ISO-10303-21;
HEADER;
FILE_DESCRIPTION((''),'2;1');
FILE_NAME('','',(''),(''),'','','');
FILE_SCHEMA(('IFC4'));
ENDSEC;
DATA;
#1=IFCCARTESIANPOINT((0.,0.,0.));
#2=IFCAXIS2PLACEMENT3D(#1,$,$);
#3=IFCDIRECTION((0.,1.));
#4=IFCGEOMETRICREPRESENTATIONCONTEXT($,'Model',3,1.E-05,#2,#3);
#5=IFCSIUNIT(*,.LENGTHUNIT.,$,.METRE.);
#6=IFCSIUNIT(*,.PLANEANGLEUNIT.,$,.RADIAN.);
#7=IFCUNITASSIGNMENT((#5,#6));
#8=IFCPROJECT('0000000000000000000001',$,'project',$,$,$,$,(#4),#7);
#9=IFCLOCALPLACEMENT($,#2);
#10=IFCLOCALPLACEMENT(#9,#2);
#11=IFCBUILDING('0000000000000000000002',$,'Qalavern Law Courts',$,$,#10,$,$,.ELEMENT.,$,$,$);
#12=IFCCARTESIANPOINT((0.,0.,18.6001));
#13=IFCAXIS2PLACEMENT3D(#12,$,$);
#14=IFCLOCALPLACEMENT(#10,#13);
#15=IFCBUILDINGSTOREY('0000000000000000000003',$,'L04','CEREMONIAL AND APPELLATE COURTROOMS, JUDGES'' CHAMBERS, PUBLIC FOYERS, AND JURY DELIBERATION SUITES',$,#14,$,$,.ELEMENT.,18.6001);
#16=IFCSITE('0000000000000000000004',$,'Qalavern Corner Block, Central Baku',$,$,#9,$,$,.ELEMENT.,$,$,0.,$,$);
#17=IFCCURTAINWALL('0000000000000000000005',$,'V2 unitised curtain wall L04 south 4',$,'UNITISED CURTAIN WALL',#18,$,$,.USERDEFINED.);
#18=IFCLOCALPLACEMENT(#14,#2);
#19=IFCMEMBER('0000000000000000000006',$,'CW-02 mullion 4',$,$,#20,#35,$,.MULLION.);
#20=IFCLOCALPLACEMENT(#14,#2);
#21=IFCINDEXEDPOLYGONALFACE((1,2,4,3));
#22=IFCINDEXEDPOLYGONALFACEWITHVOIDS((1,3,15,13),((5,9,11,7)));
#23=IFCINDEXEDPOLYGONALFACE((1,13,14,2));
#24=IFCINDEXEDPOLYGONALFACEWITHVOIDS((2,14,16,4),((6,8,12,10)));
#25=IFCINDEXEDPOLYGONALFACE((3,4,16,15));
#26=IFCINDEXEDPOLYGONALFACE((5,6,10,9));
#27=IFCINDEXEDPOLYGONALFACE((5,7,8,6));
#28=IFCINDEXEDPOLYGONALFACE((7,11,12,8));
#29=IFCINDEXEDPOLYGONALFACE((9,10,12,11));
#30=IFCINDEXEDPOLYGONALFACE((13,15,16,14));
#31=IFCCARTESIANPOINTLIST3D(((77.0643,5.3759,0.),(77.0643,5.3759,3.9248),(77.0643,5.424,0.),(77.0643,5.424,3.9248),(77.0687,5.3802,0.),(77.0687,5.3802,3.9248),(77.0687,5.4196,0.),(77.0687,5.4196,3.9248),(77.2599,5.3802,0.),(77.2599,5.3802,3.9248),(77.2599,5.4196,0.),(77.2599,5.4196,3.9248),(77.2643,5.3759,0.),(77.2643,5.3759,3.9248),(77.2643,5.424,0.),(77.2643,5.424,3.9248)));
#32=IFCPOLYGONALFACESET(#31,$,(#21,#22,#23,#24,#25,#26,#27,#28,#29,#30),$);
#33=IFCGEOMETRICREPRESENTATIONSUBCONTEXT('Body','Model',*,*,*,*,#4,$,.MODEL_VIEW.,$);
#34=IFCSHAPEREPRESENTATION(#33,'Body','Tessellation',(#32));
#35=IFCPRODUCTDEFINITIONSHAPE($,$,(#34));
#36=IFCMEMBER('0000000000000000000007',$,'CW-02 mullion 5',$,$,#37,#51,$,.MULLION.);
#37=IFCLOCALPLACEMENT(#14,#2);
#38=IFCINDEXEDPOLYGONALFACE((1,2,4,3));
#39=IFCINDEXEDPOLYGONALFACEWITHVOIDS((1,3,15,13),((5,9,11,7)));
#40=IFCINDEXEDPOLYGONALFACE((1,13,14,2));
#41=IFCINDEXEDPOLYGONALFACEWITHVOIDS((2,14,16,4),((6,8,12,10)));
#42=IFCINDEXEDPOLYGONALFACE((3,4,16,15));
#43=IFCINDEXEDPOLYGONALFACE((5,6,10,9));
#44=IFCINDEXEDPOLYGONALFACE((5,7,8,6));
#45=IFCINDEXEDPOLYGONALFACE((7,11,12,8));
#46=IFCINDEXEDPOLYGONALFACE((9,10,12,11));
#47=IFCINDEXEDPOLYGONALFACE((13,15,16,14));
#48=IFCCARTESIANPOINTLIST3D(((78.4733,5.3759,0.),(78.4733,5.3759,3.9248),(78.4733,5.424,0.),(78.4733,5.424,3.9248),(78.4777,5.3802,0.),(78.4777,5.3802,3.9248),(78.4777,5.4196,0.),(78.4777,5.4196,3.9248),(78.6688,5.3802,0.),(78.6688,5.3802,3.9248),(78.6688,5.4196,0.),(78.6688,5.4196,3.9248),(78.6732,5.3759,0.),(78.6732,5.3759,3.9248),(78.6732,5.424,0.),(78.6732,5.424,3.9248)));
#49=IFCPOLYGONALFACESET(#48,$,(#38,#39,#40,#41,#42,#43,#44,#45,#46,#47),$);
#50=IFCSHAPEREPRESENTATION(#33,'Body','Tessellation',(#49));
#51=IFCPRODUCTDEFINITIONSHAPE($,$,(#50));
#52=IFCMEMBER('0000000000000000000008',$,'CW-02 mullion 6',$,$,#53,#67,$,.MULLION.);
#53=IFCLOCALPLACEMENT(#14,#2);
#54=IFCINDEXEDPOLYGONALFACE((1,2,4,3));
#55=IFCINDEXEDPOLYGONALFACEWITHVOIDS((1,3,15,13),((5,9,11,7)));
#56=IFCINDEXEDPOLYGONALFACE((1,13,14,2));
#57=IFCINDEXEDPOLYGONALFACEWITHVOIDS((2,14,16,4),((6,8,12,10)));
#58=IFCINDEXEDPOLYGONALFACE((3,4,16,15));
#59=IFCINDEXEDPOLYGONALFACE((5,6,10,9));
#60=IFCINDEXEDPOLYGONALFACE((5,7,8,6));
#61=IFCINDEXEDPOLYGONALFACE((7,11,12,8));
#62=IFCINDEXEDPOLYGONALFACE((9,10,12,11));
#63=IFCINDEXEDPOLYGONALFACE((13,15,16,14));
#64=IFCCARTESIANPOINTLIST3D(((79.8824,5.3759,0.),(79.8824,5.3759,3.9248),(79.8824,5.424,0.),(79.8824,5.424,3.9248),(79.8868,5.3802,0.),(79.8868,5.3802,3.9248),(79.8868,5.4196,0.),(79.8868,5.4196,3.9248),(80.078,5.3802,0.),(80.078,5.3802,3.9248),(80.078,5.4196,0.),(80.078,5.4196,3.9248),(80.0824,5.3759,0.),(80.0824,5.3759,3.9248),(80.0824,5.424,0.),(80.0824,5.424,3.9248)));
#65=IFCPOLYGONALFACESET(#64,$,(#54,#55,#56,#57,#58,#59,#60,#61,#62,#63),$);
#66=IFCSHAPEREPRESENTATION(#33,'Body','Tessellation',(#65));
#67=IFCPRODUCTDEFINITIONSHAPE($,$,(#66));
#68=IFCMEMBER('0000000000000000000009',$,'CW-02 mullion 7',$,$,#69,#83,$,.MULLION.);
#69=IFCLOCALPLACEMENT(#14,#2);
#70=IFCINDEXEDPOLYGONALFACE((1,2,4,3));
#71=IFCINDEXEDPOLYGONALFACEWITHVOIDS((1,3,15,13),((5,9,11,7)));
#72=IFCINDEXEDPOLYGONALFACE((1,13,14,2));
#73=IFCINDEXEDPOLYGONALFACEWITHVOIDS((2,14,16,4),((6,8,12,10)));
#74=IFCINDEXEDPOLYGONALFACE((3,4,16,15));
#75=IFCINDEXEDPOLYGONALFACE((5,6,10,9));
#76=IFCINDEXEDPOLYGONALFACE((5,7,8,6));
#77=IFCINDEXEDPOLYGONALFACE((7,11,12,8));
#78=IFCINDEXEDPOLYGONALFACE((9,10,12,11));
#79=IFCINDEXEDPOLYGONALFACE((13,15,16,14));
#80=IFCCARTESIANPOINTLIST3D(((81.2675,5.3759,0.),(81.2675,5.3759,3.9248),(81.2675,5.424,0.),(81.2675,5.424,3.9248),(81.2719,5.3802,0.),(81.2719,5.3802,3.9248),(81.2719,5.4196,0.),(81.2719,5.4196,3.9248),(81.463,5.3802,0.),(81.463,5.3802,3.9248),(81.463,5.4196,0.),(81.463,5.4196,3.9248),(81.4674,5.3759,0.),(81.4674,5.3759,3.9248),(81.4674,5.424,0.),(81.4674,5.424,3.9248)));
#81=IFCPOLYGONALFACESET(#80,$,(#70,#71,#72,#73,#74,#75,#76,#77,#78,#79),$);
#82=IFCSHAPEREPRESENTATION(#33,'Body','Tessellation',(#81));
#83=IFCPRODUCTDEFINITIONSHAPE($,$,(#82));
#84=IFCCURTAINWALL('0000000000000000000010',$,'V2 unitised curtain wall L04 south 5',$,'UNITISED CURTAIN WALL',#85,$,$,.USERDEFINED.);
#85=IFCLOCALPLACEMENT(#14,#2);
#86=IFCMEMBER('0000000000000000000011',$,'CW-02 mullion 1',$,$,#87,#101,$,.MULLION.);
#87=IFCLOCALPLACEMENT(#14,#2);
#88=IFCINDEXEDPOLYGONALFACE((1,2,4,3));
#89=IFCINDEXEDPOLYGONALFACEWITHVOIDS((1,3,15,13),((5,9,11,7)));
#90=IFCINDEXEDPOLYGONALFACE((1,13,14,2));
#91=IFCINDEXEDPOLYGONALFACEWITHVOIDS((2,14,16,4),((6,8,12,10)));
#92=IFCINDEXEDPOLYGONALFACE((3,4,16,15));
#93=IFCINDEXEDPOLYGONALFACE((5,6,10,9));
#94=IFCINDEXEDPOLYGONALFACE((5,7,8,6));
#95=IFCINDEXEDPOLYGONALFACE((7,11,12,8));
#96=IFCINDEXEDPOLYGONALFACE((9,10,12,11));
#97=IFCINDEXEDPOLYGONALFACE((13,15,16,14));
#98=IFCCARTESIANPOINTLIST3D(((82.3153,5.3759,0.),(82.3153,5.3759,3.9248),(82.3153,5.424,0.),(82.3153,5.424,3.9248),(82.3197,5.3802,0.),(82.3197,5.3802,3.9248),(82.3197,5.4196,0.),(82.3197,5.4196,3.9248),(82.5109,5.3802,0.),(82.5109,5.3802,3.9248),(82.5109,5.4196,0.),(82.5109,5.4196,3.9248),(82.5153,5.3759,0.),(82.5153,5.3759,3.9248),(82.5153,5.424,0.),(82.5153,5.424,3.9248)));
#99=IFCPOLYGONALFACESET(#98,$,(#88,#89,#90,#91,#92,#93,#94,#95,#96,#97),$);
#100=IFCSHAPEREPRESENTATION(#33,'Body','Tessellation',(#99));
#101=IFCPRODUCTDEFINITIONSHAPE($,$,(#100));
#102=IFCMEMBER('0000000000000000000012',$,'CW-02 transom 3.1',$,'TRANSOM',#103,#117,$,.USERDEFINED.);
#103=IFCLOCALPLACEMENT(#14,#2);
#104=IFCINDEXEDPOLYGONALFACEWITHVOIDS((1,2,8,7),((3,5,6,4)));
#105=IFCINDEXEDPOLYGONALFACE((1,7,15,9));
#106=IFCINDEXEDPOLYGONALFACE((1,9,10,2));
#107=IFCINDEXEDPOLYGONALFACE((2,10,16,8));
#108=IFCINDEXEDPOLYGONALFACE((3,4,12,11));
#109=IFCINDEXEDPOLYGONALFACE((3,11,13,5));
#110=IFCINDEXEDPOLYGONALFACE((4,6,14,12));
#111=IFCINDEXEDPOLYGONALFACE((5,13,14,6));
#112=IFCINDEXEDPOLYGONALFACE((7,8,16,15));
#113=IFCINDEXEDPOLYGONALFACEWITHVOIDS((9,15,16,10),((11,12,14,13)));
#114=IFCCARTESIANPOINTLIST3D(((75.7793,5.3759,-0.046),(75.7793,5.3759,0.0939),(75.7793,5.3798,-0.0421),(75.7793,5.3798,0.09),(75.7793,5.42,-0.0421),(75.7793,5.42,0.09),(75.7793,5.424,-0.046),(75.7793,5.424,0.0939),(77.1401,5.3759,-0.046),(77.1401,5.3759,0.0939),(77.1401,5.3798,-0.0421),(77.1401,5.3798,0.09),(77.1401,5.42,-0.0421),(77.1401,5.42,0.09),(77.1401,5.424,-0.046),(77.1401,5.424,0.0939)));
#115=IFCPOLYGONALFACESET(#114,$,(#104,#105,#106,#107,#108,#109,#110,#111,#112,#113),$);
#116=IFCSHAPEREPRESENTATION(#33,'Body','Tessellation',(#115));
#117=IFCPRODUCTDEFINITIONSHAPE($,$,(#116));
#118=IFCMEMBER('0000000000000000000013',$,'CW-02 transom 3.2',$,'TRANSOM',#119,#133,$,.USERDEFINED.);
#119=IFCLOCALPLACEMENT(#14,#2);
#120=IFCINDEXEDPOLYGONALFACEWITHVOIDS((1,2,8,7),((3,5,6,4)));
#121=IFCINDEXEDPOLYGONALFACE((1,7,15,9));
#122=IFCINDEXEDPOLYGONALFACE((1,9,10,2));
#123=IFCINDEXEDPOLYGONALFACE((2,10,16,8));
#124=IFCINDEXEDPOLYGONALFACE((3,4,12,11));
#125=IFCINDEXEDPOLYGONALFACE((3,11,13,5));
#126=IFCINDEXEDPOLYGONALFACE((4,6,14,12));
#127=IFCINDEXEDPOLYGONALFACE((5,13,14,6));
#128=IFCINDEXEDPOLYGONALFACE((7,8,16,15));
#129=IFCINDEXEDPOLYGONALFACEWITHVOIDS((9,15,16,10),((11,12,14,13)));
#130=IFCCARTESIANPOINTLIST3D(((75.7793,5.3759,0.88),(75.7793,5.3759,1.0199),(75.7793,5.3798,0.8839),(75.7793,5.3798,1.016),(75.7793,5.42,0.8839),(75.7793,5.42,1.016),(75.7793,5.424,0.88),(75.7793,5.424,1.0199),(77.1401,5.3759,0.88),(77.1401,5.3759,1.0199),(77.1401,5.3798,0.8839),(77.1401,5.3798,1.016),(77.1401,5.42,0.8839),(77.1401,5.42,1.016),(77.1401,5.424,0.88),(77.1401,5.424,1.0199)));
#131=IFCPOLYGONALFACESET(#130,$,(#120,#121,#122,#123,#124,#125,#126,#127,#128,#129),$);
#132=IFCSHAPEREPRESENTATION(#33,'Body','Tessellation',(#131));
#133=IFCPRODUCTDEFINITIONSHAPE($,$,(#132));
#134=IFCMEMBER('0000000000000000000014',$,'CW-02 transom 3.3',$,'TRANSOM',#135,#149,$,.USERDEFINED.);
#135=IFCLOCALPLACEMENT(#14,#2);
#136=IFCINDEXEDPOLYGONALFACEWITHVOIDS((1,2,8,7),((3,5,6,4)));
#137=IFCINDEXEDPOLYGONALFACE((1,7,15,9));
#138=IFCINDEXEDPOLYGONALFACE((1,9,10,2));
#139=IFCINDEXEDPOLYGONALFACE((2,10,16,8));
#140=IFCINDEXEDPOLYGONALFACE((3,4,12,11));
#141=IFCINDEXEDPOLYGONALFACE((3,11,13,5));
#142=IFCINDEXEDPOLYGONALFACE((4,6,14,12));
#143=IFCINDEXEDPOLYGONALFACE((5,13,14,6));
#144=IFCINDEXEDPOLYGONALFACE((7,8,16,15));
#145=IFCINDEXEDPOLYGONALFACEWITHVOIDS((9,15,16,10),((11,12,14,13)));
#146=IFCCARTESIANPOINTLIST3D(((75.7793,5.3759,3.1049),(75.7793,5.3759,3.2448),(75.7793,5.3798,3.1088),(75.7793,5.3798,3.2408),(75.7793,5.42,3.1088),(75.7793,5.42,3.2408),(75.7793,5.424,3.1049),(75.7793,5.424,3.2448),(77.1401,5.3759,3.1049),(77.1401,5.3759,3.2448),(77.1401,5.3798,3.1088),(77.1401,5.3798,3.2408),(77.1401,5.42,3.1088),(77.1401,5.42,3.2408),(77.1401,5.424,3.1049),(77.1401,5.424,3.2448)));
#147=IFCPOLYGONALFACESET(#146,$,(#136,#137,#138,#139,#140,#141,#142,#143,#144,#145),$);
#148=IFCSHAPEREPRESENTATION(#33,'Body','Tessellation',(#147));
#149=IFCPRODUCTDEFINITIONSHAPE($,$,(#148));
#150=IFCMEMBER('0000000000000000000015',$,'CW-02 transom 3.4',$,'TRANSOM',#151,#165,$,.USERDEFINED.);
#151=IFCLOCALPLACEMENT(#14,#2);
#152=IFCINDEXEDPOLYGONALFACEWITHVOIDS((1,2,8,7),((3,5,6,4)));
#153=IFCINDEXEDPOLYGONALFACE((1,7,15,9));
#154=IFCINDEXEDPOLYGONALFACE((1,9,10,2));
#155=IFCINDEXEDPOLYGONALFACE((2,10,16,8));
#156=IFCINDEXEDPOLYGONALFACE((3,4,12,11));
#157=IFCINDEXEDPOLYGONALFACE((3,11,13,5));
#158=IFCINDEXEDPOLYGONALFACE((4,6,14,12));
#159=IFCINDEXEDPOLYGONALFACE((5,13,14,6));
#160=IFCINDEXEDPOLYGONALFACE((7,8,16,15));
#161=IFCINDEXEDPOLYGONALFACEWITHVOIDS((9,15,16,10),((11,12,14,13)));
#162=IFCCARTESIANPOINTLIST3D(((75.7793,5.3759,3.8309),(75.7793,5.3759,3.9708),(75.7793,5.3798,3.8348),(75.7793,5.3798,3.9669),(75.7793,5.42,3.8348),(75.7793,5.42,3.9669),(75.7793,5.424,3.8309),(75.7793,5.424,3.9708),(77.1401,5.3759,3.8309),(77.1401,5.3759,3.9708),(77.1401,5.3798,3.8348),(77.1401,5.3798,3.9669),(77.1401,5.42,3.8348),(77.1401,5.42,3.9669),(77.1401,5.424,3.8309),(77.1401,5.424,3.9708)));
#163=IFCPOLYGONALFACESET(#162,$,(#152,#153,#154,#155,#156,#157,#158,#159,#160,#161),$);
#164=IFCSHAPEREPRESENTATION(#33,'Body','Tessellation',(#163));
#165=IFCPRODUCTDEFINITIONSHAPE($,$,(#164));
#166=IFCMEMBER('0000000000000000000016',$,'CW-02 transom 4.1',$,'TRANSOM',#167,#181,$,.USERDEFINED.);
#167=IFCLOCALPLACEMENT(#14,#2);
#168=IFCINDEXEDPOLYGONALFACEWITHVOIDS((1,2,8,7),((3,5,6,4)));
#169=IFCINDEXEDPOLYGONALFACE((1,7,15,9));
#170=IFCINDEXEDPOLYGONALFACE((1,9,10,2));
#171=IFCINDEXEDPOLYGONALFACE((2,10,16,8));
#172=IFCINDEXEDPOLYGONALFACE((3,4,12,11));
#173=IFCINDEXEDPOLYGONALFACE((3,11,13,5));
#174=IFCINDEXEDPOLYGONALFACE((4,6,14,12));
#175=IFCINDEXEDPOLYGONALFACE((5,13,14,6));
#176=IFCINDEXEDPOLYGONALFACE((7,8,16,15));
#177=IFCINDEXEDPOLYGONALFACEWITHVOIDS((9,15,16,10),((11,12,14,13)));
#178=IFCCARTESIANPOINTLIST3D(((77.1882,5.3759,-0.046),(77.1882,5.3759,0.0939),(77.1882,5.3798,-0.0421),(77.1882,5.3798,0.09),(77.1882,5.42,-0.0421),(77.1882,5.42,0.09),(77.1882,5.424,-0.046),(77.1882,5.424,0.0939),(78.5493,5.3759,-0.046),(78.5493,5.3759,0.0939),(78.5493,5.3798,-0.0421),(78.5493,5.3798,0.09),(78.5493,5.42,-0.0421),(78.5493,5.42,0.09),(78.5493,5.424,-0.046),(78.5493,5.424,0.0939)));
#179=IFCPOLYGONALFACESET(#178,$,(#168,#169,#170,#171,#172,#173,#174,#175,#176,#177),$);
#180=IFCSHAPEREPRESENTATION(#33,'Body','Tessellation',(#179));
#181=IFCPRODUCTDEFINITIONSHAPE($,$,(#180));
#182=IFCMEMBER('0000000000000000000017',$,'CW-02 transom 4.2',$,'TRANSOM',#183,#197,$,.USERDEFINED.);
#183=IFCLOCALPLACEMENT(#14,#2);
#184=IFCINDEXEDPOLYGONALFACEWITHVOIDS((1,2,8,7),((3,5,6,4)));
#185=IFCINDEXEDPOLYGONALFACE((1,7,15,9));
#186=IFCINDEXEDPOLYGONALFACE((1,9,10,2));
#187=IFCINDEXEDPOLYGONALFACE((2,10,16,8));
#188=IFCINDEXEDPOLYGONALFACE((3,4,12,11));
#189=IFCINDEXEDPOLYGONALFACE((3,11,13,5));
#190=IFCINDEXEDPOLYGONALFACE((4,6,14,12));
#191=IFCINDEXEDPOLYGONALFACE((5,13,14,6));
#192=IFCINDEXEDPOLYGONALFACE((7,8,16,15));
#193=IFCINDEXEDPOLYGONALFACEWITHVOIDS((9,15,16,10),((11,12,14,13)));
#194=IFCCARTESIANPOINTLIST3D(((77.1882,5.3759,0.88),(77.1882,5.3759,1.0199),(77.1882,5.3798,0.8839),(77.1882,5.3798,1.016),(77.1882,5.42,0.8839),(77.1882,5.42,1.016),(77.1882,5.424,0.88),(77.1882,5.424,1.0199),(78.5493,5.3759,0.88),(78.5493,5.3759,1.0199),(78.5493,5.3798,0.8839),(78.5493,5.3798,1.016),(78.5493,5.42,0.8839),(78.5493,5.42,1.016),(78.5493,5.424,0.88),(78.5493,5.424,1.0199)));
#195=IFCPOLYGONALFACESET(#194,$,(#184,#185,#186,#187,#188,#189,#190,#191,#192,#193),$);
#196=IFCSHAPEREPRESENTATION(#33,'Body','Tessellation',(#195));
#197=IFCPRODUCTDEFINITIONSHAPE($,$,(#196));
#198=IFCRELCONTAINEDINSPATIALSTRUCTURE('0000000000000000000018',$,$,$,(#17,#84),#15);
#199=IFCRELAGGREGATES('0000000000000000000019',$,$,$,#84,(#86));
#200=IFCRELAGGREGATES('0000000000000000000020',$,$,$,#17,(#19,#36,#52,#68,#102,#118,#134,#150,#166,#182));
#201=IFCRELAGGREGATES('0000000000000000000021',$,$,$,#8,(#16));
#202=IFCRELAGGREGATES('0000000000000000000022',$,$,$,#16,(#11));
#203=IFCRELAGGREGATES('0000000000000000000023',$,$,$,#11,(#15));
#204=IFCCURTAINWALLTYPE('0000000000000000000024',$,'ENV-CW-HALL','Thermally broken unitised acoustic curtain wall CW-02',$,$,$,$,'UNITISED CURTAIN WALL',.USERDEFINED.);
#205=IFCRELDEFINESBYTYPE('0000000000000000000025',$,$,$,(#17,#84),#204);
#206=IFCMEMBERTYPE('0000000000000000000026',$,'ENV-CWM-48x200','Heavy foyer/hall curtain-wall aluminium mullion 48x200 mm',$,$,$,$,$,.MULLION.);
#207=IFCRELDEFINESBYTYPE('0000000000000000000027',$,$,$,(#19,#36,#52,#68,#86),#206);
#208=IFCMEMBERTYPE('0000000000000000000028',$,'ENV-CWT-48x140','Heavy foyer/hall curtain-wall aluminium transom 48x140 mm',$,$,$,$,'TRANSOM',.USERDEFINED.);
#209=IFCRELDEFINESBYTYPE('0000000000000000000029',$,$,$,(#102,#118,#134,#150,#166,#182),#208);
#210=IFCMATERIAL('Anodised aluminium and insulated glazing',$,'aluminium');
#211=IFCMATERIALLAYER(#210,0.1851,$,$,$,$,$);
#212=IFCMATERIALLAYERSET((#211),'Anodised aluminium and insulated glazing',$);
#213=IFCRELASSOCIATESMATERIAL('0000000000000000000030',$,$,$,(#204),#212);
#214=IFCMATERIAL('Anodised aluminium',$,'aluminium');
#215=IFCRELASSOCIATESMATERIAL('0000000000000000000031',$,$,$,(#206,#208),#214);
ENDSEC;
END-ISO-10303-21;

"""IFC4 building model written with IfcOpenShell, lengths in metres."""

from ifc_helpers import new_model, si_unit, direction, frame, origin, origin_2d, place, context, subcontext, project, spatial, hollow_rectangle, extrude, material, layer, layer_set, material_profile, profile_set, type_object, element, aggregate, save


model = new_model("IFC4")

# Units and contexts
model_context = context("Model", 3, precision=1e-05, world=origin(), true_north=direction((0.0, 1.0)))
body_context = subcontext(model_context, "Body", "Model", "MODEL_VIEW")
ifc_project = project(units=[si_unit("LENGTHUNIT", "METRE"), si_unit("PLANEANGLEUNIT", "RADIAN")], contexts=[model_context])

# Site, building, storey
site_placement = place(None, origin())
site = spatial("IfcSite", under=ifc_project, at=site_placement, Name="Qalavern Corner Block, Central Baku", CompositionType="ELEMENT", RefElevation=0.0)
building_placement = place(site_placement, origin())
building = spatial("IfcBuilding", under=site, at=building_placement, Name="Qalavern Law Courts", CompositionType="ELEMENT")
storey_placement = place(building_placement, frame((0.0, 0.0, 18.6001)))
storey = spatial("IfcBuildingStorey", under=building, at=storey_placement, Name="L04", Description="CEREMONIAL AND APPELLATE COURTROOMS, JUDGES' CHAMBERS, PUBLIC FOYERS, AND JURY DELIBERATION SUITES", CompositionType="ELEMENT", Elevation=18.6001)

# Curtain wall, members
ifc_material_1 = material(Name="Anodised aluminium and insulated glazing", Category="aluminium")
ifc_layer_1 = layer(ifc_material_1, 0.1851)
ifc_layer_set_1 = layer_set([ifc_layer_1], Name="Anodised aluminium and insulated glazing")
curtain_wall_type = type_object("IfcCurtainWallType", Name="ENV-CW-HALL", Description="Thermally broken unitised acoustic curtain wall CW-02", ElementType="UNITISED CURTAIN WALL", PredefinedType="USERDEFINED", material=ifc_layer_set_1)
curtain_wall_1_placement = place(storey_placement, origin())
curtain_wall_1 = element("IfcCurtainWall", 1, at=curtain_wall_1_placement, inside=storey, type_object=curtain_wall_type, Name="V2 unitised curtain wall L04 south 4", ObjectType="UNITISED CURTAIN WALL", PredefinedType="USERDEFINED")
ifc_material_2 = material(Name="Anodised aluminium", Category="aluminium")
ifc_material_profile_1 = material_profile(ifc_material_2, hollow_rectangle(XDim=0.0481, YDim=0.2, WallThickness=0.0044, at=origin_2d()), Name="ALU MULLION 48x200")
ifc_profile_set_1 = profile_set([ifc_material_profile_1], Name="Anodised aluminium")
member_type_1 = type_object("IfcMemberType", Name="ENV-CWM-48x200", Description="Heavy foyer/hall curtain-wall aluminium mullion 48x200 mm", PredefinedType="MULLION", material=ifc_profile_set_1)
member_1_placement = place(storey_placement, frame((77.1643, 5.3999, 0.0), z_axis=(0.0, 0.0, 1.0), x_axis=(0.0, 1.0, 0.0)))
member_1 = element("IfcMember", 2, at=member_1_placement, type_object=member_type_1, Name="CW-02 mullion 4", PredefinedType="MULLION", context=body_context, shape_type="SweptSolid", body=[
    extrude(hollow_rectangle(XDim=0.0481, YDim=0.2, WallThickness=0.0044, at=origin_2d()), origin(), (0.0, 0.0, 1.0), 3.9248),
])
member_2_placement = place(storey_placement, frame((78.5732, 5.3999, 0.0), z_axis=(0.0, 0.0, 1.0), x_axis=(0.0, 1.0, 0.0)))
member_2 = element("IfcMember", 3, at=member_2_placement, type_object=member_type_1, Name="CW-02 mullion 5", PredefinedType="MULLION", context=body_context, shape_type="SweptSolid", body=[
    extrude(hollow_rectangle(XDim=0.0481, YDim=0.2, WallThickness=0.0044, at=origin_2d()), origin(), (0.0, 0.0, 1.0), 3.9248),
])
member_3_placement = place(storey_placement, frame((79.9824, 5.3999, 0.0), z_axis=(0.0, 0.0, 1.0), x_axis=(0.0, 1.0, 0.0)))
member_3 = element("IfcMember", 4, at=member_3_placement, type_object=member_type_1, Name="CW-02 mullion 6", PredefinedType="MULLION", context=body_context, shape_type="SweptSolid", body=[
    extrude(hollow_rectangle(XDim=0.0481, YDim=0.2, WallThickness=0.0044, at=origin_2d()), origin(), (0.0, 0.0, 1.0), 3.9248),
])
member_4_placement = place(storey_placement, frame((81.3674, 5.3999, 0.0), z_axis=(0.0, 0.0, 1.0), x_axis=(0.0, 1.0, 0.0)))
member_4 = element("IfcMember", 5, at=member_4_placement, type_object=member_type_1, Name="CW-02 mullion 7", PredefinedType="MULLION", context=body_context, shape_type="SweptSolid", body=[
    extrude(hollow_rectangle(XDim=0.0481, YDim=0.2, WallThickness=0.0044, at=origin_2d()), origin(), (0.0, 0.0, 1.0), 3.9248),
])

# Curtain wall, member
curtain_wall_2_placement = place(storey_placement, origin())
curtain_wall_2 = element("IfcCurtainWall", 6, at=curtain_wall_2_placement, inside=storey, type_object=curtain_wall_type, Name="V2 unitised curtain wall L04 south 5", ObjectType="UNITISED CURTAIN WALL", PredefinedType="USERDEFINED")
member_5_placement = place(storey_placement, frame((82.4153, 5.3999, 0.0), z_axis=(0.0, 0.0, 1.0), x_axis=(0.0, 1.0, 0.0)))
member_5 = element("IfcMember", 7, at=member_5_placement, type_object=member_type_1, Name="CW-02 mullion 1", PredefinedType="MULLION", context=body_context, shape_type="SweptSolid", body=[
    extrude(hollow_rectangle(XDim=0.0481, YDim=0.2, WallThickness=0.0044, at=origin_2d()), origin(), (0.0, 0.0, 1.0), 3.9248),
])

# Members
ifc_material_profile_2 = material_profile(ifc_material_2, hollow_rectangle(XDim=0.0481, YDim=0.1399, WallThickness=0.0039, at=origin_2d()), Name="ALU TRANSOM 48x140")
ifc_profile_set_2 = profile_set([ifc_material_profile_2], Name="Anodised aluminium")
member_type_2 = type_object("IfcMemberType", Name="ENV-CWT-48x140", Description="Heavy foyer/hall curtain-wall aluminium transom 48x140 mm", ElementType="TRANSOM", PredefinedType="USERDEFINED", material=ifc_profile_set_2)
member_6_placement = place(storey_placement, frame((75.7793, 5.3999, 0.0239), z_axis=(1.0, 0.0, 0.0), x_axis=(0.0, 1.0, 0.0)))
member_6 = element("IfcMember", 8, at=member_6_placement, type_object=member_type_2, Name="CW-02 transom 3.1", ObjectType="TRANSOM", PredefinedType="USERDEFINED", context=body_context, shape_type="SweptSolid", body=[
    extrude(hollow_rectangle(XDim=0.0481, YDim=0.1399, WallThickness=0.0039, at=origin_2d()), origin(), (0.0, 0.0, 1.0), 1.3608),
])
member_7_placement = place(storey_placement, frame((75.7793, 5.3999, 0.95), z_axis=(1.0, 0.0, 0.0), x_axis=(0.0, 1.0, 0.0)))
member_7 = element("IfcMember", 9, at=member_7_placement, type_object=member_type_2, Name="CW-02 transom 3.2", ObjectType="TRANSOM", PredefinedType="USERDEFINED", context=body_context, shape_type="SweptSolid", body=[
    extrude(hollow_rectangle(XDim=0.0481, YDim=0.1399, WallThickness=0.0039, at=origin_2d()), origin(), (0.0, 0.0, 1.0), 1.3608),
])
member_8_placement = place(storey_placement, frame((75.7793, 5.3999, 3.1748), z_axis=(1.0, 0.0, 0.0), x_axis=(0.0, 1.0, 0.0)))
member_8 = element("IfcMember", 10, at=member_8_placement, type_object=member_type_2, Name="CW-02 transom 3.3", ObjectType="TRANSOM", PredefinedType="USERDEFINED", context=body_context, shape_type="SweptSolid", body=[
    extrude(hollow_rectangle(XDim=0.0481, YDim=0.1399, WallThickness=0.0039, at=origin_2d()), origin(), (0.0, 0.0, 1.0), 1.3608),
])
member_9_placement = place(storey_placement, frame((75.7793, 5.3999, 3.9009), z_axis=(1.0, 0.0, 0.0), x_axis=(0.0, 1.0, 0.0)))
member_9 = element("IfcMember", 11, at=member_9_placement, type_object=member_type_2, Name="CW-02 transom 3.4", ObjectType="TRANSOM", PredefinedType="USERDEFINED", context=body_context, shape_type="SweptSolid", body=[
    extrude(hollow_rectangle(XDim=0.0481, YDim=0.1399, WallThickness=0.0039, at=origin_2d()), origin(), (0.0, 0.0, 1.0), 1.3608),
])
member_10_placement = place(storey_placement, frame((77.1882, 5.3999, 0.0239), z_axis=(1.0, 0.0, 0.0), x_axis=(0.0, 1.0, 0.0)))
member_10 = element("IfcMember", 12, at=member_10_placement, type_object=member_type_2, Name="CW-02 transom 4.1", ObjectType="TRANSOM", PredefinedType="USERDEFINED", context=body_context, shape_type="SweptSolid", body=[
    extrude(hollow_rectangle(XDim=0.0481, YDim=0.1399, WallThickness=0.0039, at=origin_2d()), origin(), (0.0, 0.0, 1.0), 1.3611),
])
member_11_placement = place(storey_placement, frame((77.1882, 5.3999, 0.95), z_axis=(1.0, 0.0, 0.0), x_axis=(0.0, 1.0, 0.0)))
member_11 = element("IfcMember", 13, at=member_11_placement, type_object=member_type_2, Name="CW-02 transom 4.2", ObjectType="TRANSOM", PredefinedType="USERDEFINED", context=body_context, shape_type="SweptSolid", body=[
    extrude(hollow_rectangle(XDim=0.0481, YDim=0.1399, WallThickness=0.0039, at=origin_2d()), origin(), (0.0, 0.0, 1.0), 1.3611),
])
aggregate(curtain_wall_2, [member_5])

aggregate(curtain_wall_1, [member_1, member_2, member_3, member_4, member_6, member_7, member_8, member_9, member_10, member_11])

save(model, "model.ifc")
